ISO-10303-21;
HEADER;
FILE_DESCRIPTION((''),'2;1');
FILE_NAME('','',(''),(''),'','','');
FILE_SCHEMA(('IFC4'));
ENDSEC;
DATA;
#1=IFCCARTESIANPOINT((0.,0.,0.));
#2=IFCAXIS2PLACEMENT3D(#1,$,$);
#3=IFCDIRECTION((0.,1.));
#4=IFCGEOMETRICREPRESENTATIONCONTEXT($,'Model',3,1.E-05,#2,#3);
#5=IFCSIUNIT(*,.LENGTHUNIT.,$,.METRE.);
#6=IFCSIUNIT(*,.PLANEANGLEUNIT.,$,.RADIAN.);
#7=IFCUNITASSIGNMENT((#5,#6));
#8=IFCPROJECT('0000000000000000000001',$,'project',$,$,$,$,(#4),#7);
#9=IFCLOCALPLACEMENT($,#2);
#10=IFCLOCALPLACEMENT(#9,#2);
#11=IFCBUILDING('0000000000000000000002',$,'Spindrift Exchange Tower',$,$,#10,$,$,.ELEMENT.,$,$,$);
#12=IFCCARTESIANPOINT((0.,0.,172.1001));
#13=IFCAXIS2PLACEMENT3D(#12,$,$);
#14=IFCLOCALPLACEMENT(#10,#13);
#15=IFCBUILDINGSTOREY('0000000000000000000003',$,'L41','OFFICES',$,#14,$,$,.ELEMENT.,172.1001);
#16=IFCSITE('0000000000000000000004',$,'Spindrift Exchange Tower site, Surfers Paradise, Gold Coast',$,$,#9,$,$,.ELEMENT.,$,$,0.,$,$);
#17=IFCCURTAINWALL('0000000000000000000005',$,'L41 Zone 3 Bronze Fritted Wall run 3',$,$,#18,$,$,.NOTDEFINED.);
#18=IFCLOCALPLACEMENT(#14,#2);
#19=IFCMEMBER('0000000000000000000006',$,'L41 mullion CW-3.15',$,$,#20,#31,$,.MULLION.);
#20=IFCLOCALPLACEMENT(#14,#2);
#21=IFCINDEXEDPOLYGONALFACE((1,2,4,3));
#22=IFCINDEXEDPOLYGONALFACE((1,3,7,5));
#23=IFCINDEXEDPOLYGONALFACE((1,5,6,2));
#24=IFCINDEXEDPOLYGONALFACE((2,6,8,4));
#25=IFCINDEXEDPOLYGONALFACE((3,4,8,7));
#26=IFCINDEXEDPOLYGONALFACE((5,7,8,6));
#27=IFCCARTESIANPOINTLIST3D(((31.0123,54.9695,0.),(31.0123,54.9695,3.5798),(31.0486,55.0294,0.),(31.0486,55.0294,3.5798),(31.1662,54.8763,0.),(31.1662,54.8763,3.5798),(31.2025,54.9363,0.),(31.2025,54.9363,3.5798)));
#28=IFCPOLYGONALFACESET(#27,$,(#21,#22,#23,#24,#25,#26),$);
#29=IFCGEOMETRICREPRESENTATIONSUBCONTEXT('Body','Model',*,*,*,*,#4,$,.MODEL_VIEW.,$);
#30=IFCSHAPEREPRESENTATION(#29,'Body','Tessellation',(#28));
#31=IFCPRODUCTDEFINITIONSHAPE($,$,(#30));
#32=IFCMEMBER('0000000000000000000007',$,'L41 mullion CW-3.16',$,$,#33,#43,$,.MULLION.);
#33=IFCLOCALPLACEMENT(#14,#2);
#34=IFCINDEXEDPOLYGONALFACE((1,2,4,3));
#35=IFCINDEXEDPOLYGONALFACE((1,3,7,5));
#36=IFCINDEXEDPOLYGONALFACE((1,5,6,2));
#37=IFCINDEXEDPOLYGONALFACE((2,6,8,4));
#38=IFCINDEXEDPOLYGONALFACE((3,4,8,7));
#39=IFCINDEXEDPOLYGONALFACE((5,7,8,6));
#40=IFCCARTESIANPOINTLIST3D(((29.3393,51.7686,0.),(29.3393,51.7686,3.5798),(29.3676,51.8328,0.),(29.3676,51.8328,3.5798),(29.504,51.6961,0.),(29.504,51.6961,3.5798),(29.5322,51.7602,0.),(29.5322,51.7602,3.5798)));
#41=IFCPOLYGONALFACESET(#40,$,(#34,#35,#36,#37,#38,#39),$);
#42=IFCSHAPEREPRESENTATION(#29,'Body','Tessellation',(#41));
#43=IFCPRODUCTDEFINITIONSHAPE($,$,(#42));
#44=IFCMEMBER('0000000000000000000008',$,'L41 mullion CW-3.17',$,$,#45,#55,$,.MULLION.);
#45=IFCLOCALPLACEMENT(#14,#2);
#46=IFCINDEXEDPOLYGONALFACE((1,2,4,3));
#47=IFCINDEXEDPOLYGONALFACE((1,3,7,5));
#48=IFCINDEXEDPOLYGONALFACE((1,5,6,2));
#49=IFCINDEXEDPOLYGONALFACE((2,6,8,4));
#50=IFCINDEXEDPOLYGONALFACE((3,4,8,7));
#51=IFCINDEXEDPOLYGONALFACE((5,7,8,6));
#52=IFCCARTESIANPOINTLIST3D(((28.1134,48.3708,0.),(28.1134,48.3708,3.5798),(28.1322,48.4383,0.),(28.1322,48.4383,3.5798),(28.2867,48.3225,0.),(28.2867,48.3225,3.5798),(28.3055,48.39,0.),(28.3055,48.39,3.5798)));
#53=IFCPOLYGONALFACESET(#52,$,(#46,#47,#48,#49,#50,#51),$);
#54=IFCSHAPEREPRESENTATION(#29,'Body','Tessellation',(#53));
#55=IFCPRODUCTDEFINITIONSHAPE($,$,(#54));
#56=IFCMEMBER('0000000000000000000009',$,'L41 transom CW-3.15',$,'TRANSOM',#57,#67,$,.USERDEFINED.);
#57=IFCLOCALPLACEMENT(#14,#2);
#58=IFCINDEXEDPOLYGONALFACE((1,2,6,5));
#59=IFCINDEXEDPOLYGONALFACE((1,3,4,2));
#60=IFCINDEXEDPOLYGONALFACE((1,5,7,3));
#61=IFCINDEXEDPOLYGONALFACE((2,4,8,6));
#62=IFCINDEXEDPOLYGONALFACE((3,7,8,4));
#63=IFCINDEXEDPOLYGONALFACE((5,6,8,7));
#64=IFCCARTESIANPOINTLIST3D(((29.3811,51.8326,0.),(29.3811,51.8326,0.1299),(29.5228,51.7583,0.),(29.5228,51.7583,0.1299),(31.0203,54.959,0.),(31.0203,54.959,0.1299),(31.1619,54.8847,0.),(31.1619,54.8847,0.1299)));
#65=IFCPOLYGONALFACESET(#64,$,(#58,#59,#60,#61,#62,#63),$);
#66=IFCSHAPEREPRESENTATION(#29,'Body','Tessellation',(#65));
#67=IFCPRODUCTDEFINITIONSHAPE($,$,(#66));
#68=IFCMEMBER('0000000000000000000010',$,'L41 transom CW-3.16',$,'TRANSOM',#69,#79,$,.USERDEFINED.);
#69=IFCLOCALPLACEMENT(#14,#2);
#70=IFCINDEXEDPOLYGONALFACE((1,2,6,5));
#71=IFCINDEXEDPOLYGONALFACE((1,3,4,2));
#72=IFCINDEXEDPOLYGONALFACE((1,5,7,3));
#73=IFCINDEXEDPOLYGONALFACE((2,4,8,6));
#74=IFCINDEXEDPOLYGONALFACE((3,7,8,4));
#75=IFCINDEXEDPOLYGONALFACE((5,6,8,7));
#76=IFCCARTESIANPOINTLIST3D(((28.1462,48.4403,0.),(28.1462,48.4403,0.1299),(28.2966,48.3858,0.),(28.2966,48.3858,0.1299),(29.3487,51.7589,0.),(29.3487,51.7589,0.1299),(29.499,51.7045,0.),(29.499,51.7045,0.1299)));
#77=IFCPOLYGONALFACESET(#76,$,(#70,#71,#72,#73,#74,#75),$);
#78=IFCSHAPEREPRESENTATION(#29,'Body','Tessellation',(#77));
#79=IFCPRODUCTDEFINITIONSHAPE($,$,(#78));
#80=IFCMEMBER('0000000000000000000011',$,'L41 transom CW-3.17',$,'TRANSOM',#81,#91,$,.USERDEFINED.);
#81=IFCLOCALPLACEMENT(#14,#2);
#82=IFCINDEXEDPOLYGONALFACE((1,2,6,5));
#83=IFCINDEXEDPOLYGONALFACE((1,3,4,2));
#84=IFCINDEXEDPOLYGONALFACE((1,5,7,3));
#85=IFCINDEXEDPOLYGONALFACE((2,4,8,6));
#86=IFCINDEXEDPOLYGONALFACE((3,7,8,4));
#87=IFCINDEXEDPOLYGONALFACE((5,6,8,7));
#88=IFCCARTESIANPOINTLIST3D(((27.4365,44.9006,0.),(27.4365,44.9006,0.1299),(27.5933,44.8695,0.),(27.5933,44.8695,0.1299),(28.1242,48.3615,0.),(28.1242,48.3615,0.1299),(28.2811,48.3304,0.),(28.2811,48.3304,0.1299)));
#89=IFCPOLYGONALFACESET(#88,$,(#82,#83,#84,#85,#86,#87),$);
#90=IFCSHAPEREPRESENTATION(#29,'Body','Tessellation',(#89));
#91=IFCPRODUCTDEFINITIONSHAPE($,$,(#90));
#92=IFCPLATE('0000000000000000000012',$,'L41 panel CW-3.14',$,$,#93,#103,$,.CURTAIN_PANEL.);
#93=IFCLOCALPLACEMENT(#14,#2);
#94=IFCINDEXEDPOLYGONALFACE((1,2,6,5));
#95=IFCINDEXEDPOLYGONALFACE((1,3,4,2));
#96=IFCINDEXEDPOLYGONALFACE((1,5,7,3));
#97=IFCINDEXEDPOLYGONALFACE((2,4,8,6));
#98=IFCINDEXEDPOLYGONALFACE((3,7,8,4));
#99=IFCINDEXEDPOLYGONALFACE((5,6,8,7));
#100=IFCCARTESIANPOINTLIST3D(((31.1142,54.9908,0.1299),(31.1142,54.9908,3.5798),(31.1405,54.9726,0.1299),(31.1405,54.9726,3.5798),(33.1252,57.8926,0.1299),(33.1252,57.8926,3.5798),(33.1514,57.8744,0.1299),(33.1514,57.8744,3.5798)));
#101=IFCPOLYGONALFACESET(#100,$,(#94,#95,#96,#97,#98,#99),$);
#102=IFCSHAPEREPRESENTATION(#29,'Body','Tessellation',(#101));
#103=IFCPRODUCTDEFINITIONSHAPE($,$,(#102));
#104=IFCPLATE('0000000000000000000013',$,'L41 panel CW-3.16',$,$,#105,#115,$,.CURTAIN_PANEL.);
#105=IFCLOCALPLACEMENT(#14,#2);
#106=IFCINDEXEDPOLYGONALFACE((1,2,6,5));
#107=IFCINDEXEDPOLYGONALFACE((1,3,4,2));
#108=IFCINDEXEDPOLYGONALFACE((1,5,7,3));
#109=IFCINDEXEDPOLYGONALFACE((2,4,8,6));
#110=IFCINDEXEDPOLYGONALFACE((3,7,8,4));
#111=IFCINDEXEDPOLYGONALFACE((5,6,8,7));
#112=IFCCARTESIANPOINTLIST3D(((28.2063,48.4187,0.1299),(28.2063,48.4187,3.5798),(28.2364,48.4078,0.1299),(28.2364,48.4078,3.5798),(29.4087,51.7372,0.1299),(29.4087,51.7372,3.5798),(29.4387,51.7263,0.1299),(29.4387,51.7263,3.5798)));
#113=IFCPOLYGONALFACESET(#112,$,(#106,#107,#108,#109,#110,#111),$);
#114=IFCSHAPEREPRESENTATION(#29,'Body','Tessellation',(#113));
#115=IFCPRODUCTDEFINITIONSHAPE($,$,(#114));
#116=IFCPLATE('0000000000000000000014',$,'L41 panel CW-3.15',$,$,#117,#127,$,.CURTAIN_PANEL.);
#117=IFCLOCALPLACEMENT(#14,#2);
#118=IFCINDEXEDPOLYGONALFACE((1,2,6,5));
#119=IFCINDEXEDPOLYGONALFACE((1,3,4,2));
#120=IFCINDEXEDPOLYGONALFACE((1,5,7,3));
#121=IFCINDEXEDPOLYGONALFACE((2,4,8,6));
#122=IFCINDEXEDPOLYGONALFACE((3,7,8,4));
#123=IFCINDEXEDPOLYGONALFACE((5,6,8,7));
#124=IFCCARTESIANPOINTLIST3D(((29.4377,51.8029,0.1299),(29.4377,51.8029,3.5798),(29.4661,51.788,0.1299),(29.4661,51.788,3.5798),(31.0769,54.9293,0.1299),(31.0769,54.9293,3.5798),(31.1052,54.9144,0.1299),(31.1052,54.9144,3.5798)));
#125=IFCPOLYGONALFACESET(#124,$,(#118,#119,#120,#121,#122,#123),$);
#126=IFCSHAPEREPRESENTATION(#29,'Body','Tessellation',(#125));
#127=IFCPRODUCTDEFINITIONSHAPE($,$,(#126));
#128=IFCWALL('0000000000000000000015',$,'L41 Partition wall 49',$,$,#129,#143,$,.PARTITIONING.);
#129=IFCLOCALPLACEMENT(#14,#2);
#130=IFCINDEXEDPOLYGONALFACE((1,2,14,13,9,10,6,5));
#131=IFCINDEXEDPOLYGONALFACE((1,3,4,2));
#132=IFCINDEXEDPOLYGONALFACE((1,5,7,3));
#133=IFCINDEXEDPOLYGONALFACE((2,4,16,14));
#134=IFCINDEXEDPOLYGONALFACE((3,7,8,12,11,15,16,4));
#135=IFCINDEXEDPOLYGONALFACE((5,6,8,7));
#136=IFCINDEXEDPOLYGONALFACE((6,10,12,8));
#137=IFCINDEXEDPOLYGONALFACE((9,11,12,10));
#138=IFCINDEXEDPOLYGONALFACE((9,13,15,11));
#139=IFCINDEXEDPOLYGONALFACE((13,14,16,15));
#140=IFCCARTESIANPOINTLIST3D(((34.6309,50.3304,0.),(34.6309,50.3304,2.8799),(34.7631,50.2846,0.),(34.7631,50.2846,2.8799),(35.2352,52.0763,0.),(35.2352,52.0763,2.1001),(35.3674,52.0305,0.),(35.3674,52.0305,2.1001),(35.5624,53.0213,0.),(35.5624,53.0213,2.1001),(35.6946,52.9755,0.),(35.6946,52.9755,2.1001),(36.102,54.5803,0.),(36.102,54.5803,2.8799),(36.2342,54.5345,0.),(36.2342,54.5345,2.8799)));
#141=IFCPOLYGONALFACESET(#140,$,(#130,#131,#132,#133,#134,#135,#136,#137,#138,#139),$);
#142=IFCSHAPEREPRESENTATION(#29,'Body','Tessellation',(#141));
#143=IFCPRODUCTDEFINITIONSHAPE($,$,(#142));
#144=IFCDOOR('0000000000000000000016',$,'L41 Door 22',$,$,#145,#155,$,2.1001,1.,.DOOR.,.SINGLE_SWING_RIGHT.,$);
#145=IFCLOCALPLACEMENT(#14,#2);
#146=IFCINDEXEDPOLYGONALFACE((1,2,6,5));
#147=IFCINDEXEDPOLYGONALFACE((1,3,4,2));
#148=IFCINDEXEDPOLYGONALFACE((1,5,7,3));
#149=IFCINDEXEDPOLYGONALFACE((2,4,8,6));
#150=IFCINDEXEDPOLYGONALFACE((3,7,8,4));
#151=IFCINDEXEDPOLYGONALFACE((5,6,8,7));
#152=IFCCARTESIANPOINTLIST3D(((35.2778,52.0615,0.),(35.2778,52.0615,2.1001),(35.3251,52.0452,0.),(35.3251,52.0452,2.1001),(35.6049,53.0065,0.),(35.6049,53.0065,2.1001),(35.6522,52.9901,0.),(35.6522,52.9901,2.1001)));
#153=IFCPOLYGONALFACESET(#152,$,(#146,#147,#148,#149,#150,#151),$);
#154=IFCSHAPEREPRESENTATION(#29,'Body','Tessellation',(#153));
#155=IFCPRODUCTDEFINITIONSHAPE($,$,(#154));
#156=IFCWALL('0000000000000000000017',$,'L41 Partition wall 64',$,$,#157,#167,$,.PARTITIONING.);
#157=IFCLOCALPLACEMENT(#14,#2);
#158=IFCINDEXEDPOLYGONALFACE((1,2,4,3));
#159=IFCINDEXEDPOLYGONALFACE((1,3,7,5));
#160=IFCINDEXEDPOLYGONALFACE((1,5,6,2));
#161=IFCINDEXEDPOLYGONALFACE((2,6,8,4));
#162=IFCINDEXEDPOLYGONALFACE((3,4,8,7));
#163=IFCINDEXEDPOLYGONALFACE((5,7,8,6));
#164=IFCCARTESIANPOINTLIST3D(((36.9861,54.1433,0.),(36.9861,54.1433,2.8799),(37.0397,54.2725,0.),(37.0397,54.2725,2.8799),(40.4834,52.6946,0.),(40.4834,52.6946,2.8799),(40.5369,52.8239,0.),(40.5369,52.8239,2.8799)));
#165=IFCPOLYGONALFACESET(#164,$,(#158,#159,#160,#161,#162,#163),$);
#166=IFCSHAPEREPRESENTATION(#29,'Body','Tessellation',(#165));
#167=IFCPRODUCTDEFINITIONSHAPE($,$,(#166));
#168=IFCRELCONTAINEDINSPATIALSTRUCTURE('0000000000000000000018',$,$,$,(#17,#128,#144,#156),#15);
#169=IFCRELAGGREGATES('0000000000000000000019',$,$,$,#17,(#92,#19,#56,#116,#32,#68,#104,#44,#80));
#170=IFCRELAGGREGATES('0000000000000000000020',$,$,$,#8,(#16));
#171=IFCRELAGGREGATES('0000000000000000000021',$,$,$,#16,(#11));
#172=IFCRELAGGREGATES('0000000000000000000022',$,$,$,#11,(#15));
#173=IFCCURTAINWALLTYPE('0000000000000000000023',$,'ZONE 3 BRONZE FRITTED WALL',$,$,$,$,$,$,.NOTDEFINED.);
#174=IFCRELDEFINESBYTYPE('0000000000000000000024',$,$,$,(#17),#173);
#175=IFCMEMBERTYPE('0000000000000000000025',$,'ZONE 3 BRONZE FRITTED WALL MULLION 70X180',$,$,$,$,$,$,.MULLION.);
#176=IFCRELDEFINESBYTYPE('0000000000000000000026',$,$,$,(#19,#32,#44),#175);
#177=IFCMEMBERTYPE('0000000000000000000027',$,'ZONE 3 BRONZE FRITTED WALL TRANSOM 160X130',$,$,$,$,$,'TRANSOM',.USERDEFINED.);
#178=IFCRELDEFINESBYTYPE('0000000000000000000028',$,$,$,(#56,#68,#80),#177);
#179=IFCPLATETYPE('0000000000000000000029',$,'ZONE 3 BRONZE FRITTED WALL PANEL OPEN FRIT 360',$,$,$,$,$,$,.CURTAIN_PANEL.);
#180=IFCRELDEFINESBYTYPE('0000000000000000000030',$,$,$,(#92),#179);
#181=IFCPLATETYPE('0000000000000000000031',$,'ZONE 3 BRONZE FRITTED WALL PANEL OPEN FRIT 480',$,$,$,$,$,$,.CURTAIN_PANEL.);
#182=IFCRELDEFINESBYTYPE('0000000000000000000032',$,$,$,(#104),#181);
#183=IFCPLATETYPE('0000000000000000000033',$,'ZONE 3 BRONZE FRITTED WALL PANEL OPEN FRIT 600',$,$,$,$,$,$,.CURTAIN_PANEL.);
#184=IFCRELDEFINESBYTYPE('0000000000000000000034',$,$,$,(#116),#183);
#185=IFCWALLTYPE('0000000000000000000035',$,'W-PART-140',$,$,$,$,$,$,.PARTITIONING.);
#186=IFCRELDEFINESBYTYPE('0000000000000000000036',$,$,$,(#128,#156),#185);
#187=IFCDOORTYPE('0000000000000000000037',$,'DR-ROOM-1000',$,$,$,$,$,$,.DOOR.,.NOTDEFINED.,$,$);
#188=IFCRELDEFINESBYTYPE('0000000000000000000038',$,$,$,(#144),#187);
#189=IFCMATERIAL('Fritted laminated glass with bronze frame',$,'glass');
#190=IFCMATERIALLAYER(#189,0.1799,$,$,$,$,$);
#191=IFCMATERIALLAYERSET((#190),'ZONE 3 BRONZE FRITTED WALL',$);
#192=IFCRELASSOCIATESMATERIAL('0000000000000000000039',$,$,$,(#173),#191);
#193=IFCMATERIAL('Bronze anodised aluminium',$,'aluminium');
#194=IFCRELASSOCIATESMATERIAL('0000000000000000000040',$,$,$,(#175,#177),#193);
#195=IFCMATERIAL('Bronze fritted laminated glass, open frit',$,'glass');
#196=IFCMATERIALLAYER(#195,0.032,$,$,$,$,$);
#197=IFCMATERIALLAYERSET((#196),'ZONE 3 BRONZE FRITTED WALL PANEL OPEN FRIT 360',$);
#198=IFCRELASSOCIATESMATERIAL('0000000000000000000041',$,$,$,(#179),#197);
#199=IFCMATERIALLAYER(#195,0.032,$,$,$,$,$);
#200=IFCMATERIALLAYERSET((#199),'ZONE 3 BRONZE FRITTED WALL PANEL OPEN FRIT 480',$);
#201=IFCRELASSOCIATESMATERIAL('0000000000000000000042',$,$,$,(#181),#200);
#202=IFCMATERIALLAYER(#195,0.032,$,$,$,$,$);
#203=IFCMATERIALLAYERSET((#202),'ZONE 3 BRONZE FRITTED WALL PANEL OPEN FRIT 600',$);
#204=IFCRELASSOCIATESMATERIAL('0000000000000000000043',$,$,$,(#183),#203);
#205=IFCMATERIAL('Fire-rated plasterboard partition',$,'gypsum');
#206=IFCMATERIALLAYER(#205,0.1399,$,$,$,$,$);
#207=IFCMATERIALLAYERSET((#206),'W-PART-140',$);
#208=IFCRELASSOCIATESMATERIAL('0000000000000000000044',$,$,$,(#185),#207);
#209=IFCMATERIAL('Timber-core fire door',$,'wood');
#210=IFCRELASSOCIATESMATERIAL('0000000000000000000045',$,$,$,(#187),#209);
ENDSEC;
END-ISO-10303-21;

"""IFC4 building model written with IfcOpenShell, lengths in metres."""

from ifc_helpers import new_model, si_unit, direction, frame, frame_2d, origin, origin_2d, place, context, subcontext, project, spatial, rectangle, extrude, source, transform, mapped, material, layer, layer_set, material_profile, profile_set, type_object, element, fill, aggregate, save


model = new_model("IFC4")

# Units and contexts
model_context = context("Model", 3, precision=1e-05, world=origin(), true_north=direction((0.0, 1.0)))
body_context = subcontext(model_context, "Body", "Model", "MODEL_VIEW")
ifc_project = project(units=[si_unit("LENGTHUNIT", "METRE"), si_unit("PLANEANGLEUNIT", "RADIAN")], contexts=[model_context])

# Site, building, storey
site_placement = place(None, origin())
site = spatial("IfcSite", under=ifc_project, at=site_placement, Name="Spindrift Exchange Tower site, Surfers Paradise, Gold Coast", CompositionType="ELEMENT", RefElevation=0.0)
building_placement = place(site_placement, origin())
building = spatial("IfcBuilding", under=site, at=building_placement, Name="Spindrift Exchange Tower", CompositionType="ELEMENT")
storey_placement = place(building_placement, frame((0.0, 0.0, 172.1001)))
storey = spatial("IfcBuildingStorey", under=building, at=storey_placement, Name="L41", Description="OFFICES", CompositionType="ELEMENT", Elevation=172.1001)

# Curtain wall, members, plates
ifc_material_1 = material(Name="Fritted laminated glass with bronze frame", Category="glass")
ifc_layer_1 = layer(ifc_material_1, 0.1799)
ifc_layer_set_1 = layer_set([ifc_layer_1], Name="ZONE 3 BRONZE FRITTED WALL")
curtain_wall_type = type_object("IfcCurtainWallType", Name="ZONE 3 BRONZE FRITTED WALL", PredefinedType="NOTDEFINED", material=ifc_layer_set_1)
curtain_wall_placement = place(storey_placement, origin())
curtain_wall = element("IfcCurtainWall", 1, at=curtain_wall_placement, inside=storey, type_object=curtain_wall_type, Name="L41 Zone 3 Bronze Fritted Wall run 3", PredefinedType="NOTDEFINED")
ifc_material_2 = material(Name="Bronze anodised aluminium", Category="aluminium")
ifc_material_profile_1 = material_profile(ifc_material_2, rectangle(XDim=0.0701, YDim=0.1799, at=origin_2d()), Name="ZONE 3 BRONZE FRITTED WALL MULLION 70X180")
ifc_profile_set_1 = profile_set([ifc_material_profile_1], Name="Bronze anodised aluminium")
member_type_1 = type_object("IfcMemberType", Name="ZONE 3 BRONZE FRITTED WALL MULLION 70X180", PredefinedType="MULLION", material=ifc_profile_set_1)
shared_shape_1 = source(origin(), body_context, "Body", "SweptSolid", [
    extrude(rectangle(XDim=0.0701, YDim=0.1799, at=origin_2d()), origin(), (0.0, 0.0, 1.0), 3.5798),
])
member_1_placement = place(storey_placement, frame((31.1074, 54.9529, 0.0), z_axis=(0.0, 0.0, 1.0), x_axis=(-0.517955, -0.855408, 0.0)))
member_1 = element("IfcMember", 2, at=member_1_placement, type_object=member_type_1, Name="L41 mullion CW-3.15", PredefinedType="MULLION", context=body_context, shape_type="MappedRepresentation", body=[
    mapped(shared_shape_1, transform((0.0, 0.0, 0.0), scale=1.0)),
])
member_2_placement = place(storey_placement, frame((29.4358, 51.7644, 0.0), z_axis=(0.0, 0.0, 1.0), x_axis=(-0.403428, -0.915011, 0.0)))
member_2 = element("IfcMember", 3, at=member_2_placement, type_object=member_type_1, Name="L41 mullion CW-3.16", PredefinedType="MULLION", context=body_context, shape_type="MappedRepresentation", body=[
    mapped(shared_shape_1, transform((0.0, 0.0, 0.0), scale=1.0)),
])
member_3_placement = place(storey_placement, frame((28.2095, 48.3804, 0.0), z_axis=(0.0, 0.0, 1.0), x_axis=(-0.268551, -0.963266, 0.0)))
member_3 = element("IfcMember", 4, at=member_3_placement, type_object=member_type_1, Name="L41 mullion CW-3.17", PredefinedType="MULLION", context=body_context, shape_type="MappedRepresentation", body=[
    mapped(shared_shape_1, transform((0.0, 0.0, 0.0), scale=1.0)),
])
ifc_material_profile_2 = material_profile(ifc_material_2, rectangle(XDim=0.1599, YDim=0.1299, at=origin_2d()), Name="ZONE 3 BRONZE FRITTED WALL TRANSOM 160X130")
ifc_profile_set_2 = profile_set([ifc_material_profile_2], Name="Bronze anodised aluminium")
member_type_2 = type_object("IfcMemberType", Name="ZONE 3 BRONZE FRITTED WALL TRANSOM 160X130", ElementType="TRANSOM", PredefinedType="USERDEFINED", material=ifc_profile_set_2)
shared_shape_2 = source(origin(), body_context, "Body", "SweptSolid", [
    extrude(rectangle(XDim=0.1599, YDim=0.1299, at=origin_2d()), origin(), (0.0, 0.0, 1.0), 3.53),
])
member_4_placement = place(storey_placement, frame((31.0911, 54.9219, 0.0649), z_axis=(-0.464338, -0.885658, 0.0), x_axis=(0.885658, -0.464338, 0.0)))
member_4 = element("IfcMember", 5, at=member_4_placement, type_object=member_type_2, Name="L41 transom CW-3.15", ObjectType="TRANSOM", PredefinedType="USERDEFINED", context=body_context, shape_type="MappedRepresentation", body=[
    mapped(shared_shape_2, transform((0.0, 0.0, 0.0), scale=1.0)),
])
shared_shape_3 = source(origin(), body_context, "Body", "SweptSolid", [
    extrude(rectangle(XDim=0.1599, YDim=0.1299, at=origin_2d()), origin(), (0.0, 0.0, 1.0), 3.5298),
])
member_5_placement = place(storey_placement, frame((29.4238, 51.7317, 0.0649), z_axis=(-0.340649, -0.940191, 0.0), x_axis=(0.940191, -0.340649, 0.0)))
member_5 = element("IfcMember", 6, at=member_5_placement, type_object=member_type_2, Name="L41 transom CW-3.16", ObjectType="TRANSOM", PredefinedType="USERDEFINED", context=body_context, shape_type="MappedRepresentation", body=[
    mapped(shared_shape_3, transform((0.0, 0.0, 0.0), scale=1.0)),
])
shared_shape_4 = source(origin(), body_context, "Body", "SweptSolid", [
    extrude(rectangle(XDim=0.1599, YDim=0.1299, at=origin_2d()), origin(), (0.0, 0.0, 1.0), 3.5286),
])
member_6_placement = place(storey_placement, frame((28.2026, 48.3459, 0.0649), z_axis=(-0.194905, -0.980822, 0.0), x_axis=(0.980822, -0.194905, 0.0)))
member_6 = element("IfcMember", 7, at=member_6_placement, type_object=member_type_2, Name="L41 transom CW-3.17", ObjectType="TRANSOM", PredefinedType="USERDEFINED", context=body_context, shape_type="MappedRepresentation", body=[
    mapped(shared_shape_4, transform((0.0, 0.0, 0.0), scale=1.0)),
])
ifc_material_3 = material(Name="Bronze fritted laminated glass, open frit", Category="glass")
ifc_layer_2 = layer(ifc_material_3, 0.032)
ifc_layer_set_2 = layer_set([ifc_layer_2], Name="ZONE 3 BRONZE FRITTED WALL PANEL OPEN FRIT 360")
plate_type_1 = type_object("IfcPlateType", Name="ZONE 3 BRONZE FRITTED WALL PANEL OPEN FRIT 360", PredefinedType="CURTAIN_PANEL", material=ifc_layer_set_2)
shared_shape_5 = source(origin(), body_context, "Body", "SweptSolid", [
    extrude(rectangle(XDim=3.5305, YDim=0.032, at=origin_2d()), origin(), (0.0, 0.0, 1.0), 3.45),
])
plate_1_placement = place(storey_placement, frame((32.1328, 56.4326, 0.1299), z_axis=(0.0, 0.0, 1.0), x_axis=(-0.569595, -0.821925, 0.0)))
plate_1 = element("IfcPlate", 8, at=plate_1_placement, type_object=plate_type_1, Name="L41 panel CW-3.14", PredefinedType="CURTAIN_PANEL", context=body_context, shape_type="MappedRepresentation", body=[
    mapped(shared_shape_5, transform((0.0, 0.0, 0.0), scale=1.0)),
])
ifc_layer_3 = layer(ifc_material_3, 0.032)
ifc_layer_set_3 = layer_set([ifc_layer_3], Name="ZONE 3 BRONZE FRITTED WALL PANEL OPEN FRIT 480")
plate_type_2 = type_object("IfcPlateType", Name="ZONE 3 BRONZE FRITTED WALL PANEL OPEN FRIT 480", PredefinedType="CURTAIN_PANEL", material=ifc_layer_set_3)
shared_shape_6 = source(origin(), body_context, "Body", "SweptSolid", [
    extrude(rectangle(XDim=3.5295, YDim=0.032, at=origin_2d()), origin(), (0.0, 0.0, 1.0), 3.45),
])
plate_2_placement = place(storey_placement, frame((28.8225, 50.0725, 0.1299), z_axis=(0.0, 0.0, 1.0), x_axis=(-0.340659, -0.940187, 0.0)))
plate_2 = element("IfcPlate", 9, at=plate_2_placement, type_object=plate_type_2, Name="L41 panel CW-3.16", PredefinedType="CURTAIN_PANEL", context=body_context, shape_type="MappedRepresentation", body=[
    mapped(shared_shape_6, transform((0.0, 0.0, 0.0), scale=1.0)),
])
ifc_layer_4 = layer(ifc_material_3, 0.032)
ifc_layer_set_4 = layer_set([ifc_layer_4], Name="ZONE 3 BRONZE FRITTED WALL PANEL OPEN FRIT 600")
plate_type_3 = type_object("IfcPlateType", Name="ZONE 3 BRONZE FRITTED WALL PANEL OPEN FRIT 600", PredefinedType="CURTAIN_PANEL", material=ifc_layer_set_4)
shared_shape_7 = source(origin(), body_context, "Body", "SweptSolid", [
    extrude(rectangle(XDim=3.53, YDim=0.032, at=origin_2d()), origin(), (0.0, 0.0, 1.0), 3.45),
])
plate_3_placement = place(storey_placement, frame((30.2715, 53.3586, 0.1299), z_axis=(0.0, 0.0, 1.0), x_axis=(-0.464352, -0.885651, 0.0)))
plate_3 = element("IfcPlate", 10, at=plate_3_placement, type_object=plate_type_3, Name="L41 panel CW-3.15", PredefinedType="CURTAIN_PANEL", context=body_context, shape_type="MappedRepresentation", body=[
    mapped(shared_shape_7, transform((0.0, 0.0, 0.0), scale=1.0)),
])
aggregate(curtain_wall, [plate_1, member_1, member_4, plate_3, member_2, member_5, plate_2, member_3, member_6])

# Wall, opening, door
ifc_material_4 = material(Name="Fire-rated plasterboard partition", Category="gypsum")
ifc_layer_5 = layer(ifc_material_4, 0.1399)
ifc_layer_set_5 = layer_set([ifc_layer_5], Name="W-PART-140")
wall_type_1 = type_object("IfcWallType", Name="W-PART-140", PredefinedType="PARTITIONING", material=ifc_layer_set_5)
wall_1_placement = place(storey_placement, frame((34.697, 50.3076, 0.0), z_axis=(0.0, 0.0, 1.0), x_axis=(0.327118, 0.944983, 0.0)))
wall_1 = element("IfcWall", 11, at=wall_1_placement, inside=storey, type_object=wall_type_1, Name="L41 Partition wall 49", PredefinedType="PARTITIONING", context=body_context, shape_type="SweptSolid", body=[
    extrude(rectangle(XDim=4.4973, YDim=0.1399, at=frame_2d((2.2485, 0.0))), origin(), (0.0, 0.0, 1.0), 2.8799),
])
opening_1_placement = place(wall_1_placement, frame((1.8474, 0.0, 0.0)))
opening_1 = element("IfcOpeningElement", 12, at=opening_1_placement, cuts=wall_1, PredefinedType="OPENING", context=body_context, shape_type="SweptSolid", body=[
    extrude(rectangle(XDim=1.0, YDim=2.1001, at=frame_2d((0.5, 1.05))), frame((0.0, 0.0798, 0.0), z_axis=(0.0, -1.0, 0.0), x_axis=(1.0, 0.0, 0.0)), (0.0, 0.0, 1.0), 0.1599),
])
ifc_material_5 = material(Name="Timber-core fire door", Category="wood")
door_type = type_object("IfcDoorType", Name="DR-ROOM-1000", OperationType="NOTDEFINED", PredefinedType="DOOR", material=ifc_material_5)
shared_shape_8 = source(origin(), body_context, "Body", "SweptSolid", [
    extrude(rectangle(XDim=1.0, YDim=2.1001, at=frame_2d((0.5, 1.05))), frame((0.0, 0.0249, 0.0), z_axis=(0.0, -1.0, 0.0), x_axis=(1.0, 0.0, 0.0)), (0.0, 0.0, 1.0), 0.05),
])
door_1_placement = place(opening_1_placement, origin())
door_1 = element("IfcDoor", 13, at=door_1_placement, inside=storey, type_object=door_type, Name="L41 Door 22", OperationType="SINGLE_SWING_RIGHT", OverallHeight=2.1001, OverallWidth=1.0, PredefinedType="DOOR", context=body_context, shape_type="MappedRepresentation", body=[
    mapped(shared_shape_8, transform((0.0, 0.0, 0.0), scale=1.0)),
])
fill(opening_1, door_1)

# Wall
wall_2_placement = place(storey_placement, frame((40.51, 52.7593, 0.0), z_axis=(0.0, 0.0, 1.0), x_axis=(-0.923871, 0.382705, 0.0)))
element("IfcWall", 14, at=wall_2_placement, inside=storey, type_object=wall_type_1, Name="L41 Partition wall 64", PredefinedType="PARTITIONING", context=body_context, shape_type="SweptSolid", body=[
    extrude(rectangle(XDim=3.7854, YDim=0.1399, at=frame_2d((1.8926, 0.0))), origin(), (0.0, 0.0, 1.0), 2.8799),
])

save(model, "model.ifc")
